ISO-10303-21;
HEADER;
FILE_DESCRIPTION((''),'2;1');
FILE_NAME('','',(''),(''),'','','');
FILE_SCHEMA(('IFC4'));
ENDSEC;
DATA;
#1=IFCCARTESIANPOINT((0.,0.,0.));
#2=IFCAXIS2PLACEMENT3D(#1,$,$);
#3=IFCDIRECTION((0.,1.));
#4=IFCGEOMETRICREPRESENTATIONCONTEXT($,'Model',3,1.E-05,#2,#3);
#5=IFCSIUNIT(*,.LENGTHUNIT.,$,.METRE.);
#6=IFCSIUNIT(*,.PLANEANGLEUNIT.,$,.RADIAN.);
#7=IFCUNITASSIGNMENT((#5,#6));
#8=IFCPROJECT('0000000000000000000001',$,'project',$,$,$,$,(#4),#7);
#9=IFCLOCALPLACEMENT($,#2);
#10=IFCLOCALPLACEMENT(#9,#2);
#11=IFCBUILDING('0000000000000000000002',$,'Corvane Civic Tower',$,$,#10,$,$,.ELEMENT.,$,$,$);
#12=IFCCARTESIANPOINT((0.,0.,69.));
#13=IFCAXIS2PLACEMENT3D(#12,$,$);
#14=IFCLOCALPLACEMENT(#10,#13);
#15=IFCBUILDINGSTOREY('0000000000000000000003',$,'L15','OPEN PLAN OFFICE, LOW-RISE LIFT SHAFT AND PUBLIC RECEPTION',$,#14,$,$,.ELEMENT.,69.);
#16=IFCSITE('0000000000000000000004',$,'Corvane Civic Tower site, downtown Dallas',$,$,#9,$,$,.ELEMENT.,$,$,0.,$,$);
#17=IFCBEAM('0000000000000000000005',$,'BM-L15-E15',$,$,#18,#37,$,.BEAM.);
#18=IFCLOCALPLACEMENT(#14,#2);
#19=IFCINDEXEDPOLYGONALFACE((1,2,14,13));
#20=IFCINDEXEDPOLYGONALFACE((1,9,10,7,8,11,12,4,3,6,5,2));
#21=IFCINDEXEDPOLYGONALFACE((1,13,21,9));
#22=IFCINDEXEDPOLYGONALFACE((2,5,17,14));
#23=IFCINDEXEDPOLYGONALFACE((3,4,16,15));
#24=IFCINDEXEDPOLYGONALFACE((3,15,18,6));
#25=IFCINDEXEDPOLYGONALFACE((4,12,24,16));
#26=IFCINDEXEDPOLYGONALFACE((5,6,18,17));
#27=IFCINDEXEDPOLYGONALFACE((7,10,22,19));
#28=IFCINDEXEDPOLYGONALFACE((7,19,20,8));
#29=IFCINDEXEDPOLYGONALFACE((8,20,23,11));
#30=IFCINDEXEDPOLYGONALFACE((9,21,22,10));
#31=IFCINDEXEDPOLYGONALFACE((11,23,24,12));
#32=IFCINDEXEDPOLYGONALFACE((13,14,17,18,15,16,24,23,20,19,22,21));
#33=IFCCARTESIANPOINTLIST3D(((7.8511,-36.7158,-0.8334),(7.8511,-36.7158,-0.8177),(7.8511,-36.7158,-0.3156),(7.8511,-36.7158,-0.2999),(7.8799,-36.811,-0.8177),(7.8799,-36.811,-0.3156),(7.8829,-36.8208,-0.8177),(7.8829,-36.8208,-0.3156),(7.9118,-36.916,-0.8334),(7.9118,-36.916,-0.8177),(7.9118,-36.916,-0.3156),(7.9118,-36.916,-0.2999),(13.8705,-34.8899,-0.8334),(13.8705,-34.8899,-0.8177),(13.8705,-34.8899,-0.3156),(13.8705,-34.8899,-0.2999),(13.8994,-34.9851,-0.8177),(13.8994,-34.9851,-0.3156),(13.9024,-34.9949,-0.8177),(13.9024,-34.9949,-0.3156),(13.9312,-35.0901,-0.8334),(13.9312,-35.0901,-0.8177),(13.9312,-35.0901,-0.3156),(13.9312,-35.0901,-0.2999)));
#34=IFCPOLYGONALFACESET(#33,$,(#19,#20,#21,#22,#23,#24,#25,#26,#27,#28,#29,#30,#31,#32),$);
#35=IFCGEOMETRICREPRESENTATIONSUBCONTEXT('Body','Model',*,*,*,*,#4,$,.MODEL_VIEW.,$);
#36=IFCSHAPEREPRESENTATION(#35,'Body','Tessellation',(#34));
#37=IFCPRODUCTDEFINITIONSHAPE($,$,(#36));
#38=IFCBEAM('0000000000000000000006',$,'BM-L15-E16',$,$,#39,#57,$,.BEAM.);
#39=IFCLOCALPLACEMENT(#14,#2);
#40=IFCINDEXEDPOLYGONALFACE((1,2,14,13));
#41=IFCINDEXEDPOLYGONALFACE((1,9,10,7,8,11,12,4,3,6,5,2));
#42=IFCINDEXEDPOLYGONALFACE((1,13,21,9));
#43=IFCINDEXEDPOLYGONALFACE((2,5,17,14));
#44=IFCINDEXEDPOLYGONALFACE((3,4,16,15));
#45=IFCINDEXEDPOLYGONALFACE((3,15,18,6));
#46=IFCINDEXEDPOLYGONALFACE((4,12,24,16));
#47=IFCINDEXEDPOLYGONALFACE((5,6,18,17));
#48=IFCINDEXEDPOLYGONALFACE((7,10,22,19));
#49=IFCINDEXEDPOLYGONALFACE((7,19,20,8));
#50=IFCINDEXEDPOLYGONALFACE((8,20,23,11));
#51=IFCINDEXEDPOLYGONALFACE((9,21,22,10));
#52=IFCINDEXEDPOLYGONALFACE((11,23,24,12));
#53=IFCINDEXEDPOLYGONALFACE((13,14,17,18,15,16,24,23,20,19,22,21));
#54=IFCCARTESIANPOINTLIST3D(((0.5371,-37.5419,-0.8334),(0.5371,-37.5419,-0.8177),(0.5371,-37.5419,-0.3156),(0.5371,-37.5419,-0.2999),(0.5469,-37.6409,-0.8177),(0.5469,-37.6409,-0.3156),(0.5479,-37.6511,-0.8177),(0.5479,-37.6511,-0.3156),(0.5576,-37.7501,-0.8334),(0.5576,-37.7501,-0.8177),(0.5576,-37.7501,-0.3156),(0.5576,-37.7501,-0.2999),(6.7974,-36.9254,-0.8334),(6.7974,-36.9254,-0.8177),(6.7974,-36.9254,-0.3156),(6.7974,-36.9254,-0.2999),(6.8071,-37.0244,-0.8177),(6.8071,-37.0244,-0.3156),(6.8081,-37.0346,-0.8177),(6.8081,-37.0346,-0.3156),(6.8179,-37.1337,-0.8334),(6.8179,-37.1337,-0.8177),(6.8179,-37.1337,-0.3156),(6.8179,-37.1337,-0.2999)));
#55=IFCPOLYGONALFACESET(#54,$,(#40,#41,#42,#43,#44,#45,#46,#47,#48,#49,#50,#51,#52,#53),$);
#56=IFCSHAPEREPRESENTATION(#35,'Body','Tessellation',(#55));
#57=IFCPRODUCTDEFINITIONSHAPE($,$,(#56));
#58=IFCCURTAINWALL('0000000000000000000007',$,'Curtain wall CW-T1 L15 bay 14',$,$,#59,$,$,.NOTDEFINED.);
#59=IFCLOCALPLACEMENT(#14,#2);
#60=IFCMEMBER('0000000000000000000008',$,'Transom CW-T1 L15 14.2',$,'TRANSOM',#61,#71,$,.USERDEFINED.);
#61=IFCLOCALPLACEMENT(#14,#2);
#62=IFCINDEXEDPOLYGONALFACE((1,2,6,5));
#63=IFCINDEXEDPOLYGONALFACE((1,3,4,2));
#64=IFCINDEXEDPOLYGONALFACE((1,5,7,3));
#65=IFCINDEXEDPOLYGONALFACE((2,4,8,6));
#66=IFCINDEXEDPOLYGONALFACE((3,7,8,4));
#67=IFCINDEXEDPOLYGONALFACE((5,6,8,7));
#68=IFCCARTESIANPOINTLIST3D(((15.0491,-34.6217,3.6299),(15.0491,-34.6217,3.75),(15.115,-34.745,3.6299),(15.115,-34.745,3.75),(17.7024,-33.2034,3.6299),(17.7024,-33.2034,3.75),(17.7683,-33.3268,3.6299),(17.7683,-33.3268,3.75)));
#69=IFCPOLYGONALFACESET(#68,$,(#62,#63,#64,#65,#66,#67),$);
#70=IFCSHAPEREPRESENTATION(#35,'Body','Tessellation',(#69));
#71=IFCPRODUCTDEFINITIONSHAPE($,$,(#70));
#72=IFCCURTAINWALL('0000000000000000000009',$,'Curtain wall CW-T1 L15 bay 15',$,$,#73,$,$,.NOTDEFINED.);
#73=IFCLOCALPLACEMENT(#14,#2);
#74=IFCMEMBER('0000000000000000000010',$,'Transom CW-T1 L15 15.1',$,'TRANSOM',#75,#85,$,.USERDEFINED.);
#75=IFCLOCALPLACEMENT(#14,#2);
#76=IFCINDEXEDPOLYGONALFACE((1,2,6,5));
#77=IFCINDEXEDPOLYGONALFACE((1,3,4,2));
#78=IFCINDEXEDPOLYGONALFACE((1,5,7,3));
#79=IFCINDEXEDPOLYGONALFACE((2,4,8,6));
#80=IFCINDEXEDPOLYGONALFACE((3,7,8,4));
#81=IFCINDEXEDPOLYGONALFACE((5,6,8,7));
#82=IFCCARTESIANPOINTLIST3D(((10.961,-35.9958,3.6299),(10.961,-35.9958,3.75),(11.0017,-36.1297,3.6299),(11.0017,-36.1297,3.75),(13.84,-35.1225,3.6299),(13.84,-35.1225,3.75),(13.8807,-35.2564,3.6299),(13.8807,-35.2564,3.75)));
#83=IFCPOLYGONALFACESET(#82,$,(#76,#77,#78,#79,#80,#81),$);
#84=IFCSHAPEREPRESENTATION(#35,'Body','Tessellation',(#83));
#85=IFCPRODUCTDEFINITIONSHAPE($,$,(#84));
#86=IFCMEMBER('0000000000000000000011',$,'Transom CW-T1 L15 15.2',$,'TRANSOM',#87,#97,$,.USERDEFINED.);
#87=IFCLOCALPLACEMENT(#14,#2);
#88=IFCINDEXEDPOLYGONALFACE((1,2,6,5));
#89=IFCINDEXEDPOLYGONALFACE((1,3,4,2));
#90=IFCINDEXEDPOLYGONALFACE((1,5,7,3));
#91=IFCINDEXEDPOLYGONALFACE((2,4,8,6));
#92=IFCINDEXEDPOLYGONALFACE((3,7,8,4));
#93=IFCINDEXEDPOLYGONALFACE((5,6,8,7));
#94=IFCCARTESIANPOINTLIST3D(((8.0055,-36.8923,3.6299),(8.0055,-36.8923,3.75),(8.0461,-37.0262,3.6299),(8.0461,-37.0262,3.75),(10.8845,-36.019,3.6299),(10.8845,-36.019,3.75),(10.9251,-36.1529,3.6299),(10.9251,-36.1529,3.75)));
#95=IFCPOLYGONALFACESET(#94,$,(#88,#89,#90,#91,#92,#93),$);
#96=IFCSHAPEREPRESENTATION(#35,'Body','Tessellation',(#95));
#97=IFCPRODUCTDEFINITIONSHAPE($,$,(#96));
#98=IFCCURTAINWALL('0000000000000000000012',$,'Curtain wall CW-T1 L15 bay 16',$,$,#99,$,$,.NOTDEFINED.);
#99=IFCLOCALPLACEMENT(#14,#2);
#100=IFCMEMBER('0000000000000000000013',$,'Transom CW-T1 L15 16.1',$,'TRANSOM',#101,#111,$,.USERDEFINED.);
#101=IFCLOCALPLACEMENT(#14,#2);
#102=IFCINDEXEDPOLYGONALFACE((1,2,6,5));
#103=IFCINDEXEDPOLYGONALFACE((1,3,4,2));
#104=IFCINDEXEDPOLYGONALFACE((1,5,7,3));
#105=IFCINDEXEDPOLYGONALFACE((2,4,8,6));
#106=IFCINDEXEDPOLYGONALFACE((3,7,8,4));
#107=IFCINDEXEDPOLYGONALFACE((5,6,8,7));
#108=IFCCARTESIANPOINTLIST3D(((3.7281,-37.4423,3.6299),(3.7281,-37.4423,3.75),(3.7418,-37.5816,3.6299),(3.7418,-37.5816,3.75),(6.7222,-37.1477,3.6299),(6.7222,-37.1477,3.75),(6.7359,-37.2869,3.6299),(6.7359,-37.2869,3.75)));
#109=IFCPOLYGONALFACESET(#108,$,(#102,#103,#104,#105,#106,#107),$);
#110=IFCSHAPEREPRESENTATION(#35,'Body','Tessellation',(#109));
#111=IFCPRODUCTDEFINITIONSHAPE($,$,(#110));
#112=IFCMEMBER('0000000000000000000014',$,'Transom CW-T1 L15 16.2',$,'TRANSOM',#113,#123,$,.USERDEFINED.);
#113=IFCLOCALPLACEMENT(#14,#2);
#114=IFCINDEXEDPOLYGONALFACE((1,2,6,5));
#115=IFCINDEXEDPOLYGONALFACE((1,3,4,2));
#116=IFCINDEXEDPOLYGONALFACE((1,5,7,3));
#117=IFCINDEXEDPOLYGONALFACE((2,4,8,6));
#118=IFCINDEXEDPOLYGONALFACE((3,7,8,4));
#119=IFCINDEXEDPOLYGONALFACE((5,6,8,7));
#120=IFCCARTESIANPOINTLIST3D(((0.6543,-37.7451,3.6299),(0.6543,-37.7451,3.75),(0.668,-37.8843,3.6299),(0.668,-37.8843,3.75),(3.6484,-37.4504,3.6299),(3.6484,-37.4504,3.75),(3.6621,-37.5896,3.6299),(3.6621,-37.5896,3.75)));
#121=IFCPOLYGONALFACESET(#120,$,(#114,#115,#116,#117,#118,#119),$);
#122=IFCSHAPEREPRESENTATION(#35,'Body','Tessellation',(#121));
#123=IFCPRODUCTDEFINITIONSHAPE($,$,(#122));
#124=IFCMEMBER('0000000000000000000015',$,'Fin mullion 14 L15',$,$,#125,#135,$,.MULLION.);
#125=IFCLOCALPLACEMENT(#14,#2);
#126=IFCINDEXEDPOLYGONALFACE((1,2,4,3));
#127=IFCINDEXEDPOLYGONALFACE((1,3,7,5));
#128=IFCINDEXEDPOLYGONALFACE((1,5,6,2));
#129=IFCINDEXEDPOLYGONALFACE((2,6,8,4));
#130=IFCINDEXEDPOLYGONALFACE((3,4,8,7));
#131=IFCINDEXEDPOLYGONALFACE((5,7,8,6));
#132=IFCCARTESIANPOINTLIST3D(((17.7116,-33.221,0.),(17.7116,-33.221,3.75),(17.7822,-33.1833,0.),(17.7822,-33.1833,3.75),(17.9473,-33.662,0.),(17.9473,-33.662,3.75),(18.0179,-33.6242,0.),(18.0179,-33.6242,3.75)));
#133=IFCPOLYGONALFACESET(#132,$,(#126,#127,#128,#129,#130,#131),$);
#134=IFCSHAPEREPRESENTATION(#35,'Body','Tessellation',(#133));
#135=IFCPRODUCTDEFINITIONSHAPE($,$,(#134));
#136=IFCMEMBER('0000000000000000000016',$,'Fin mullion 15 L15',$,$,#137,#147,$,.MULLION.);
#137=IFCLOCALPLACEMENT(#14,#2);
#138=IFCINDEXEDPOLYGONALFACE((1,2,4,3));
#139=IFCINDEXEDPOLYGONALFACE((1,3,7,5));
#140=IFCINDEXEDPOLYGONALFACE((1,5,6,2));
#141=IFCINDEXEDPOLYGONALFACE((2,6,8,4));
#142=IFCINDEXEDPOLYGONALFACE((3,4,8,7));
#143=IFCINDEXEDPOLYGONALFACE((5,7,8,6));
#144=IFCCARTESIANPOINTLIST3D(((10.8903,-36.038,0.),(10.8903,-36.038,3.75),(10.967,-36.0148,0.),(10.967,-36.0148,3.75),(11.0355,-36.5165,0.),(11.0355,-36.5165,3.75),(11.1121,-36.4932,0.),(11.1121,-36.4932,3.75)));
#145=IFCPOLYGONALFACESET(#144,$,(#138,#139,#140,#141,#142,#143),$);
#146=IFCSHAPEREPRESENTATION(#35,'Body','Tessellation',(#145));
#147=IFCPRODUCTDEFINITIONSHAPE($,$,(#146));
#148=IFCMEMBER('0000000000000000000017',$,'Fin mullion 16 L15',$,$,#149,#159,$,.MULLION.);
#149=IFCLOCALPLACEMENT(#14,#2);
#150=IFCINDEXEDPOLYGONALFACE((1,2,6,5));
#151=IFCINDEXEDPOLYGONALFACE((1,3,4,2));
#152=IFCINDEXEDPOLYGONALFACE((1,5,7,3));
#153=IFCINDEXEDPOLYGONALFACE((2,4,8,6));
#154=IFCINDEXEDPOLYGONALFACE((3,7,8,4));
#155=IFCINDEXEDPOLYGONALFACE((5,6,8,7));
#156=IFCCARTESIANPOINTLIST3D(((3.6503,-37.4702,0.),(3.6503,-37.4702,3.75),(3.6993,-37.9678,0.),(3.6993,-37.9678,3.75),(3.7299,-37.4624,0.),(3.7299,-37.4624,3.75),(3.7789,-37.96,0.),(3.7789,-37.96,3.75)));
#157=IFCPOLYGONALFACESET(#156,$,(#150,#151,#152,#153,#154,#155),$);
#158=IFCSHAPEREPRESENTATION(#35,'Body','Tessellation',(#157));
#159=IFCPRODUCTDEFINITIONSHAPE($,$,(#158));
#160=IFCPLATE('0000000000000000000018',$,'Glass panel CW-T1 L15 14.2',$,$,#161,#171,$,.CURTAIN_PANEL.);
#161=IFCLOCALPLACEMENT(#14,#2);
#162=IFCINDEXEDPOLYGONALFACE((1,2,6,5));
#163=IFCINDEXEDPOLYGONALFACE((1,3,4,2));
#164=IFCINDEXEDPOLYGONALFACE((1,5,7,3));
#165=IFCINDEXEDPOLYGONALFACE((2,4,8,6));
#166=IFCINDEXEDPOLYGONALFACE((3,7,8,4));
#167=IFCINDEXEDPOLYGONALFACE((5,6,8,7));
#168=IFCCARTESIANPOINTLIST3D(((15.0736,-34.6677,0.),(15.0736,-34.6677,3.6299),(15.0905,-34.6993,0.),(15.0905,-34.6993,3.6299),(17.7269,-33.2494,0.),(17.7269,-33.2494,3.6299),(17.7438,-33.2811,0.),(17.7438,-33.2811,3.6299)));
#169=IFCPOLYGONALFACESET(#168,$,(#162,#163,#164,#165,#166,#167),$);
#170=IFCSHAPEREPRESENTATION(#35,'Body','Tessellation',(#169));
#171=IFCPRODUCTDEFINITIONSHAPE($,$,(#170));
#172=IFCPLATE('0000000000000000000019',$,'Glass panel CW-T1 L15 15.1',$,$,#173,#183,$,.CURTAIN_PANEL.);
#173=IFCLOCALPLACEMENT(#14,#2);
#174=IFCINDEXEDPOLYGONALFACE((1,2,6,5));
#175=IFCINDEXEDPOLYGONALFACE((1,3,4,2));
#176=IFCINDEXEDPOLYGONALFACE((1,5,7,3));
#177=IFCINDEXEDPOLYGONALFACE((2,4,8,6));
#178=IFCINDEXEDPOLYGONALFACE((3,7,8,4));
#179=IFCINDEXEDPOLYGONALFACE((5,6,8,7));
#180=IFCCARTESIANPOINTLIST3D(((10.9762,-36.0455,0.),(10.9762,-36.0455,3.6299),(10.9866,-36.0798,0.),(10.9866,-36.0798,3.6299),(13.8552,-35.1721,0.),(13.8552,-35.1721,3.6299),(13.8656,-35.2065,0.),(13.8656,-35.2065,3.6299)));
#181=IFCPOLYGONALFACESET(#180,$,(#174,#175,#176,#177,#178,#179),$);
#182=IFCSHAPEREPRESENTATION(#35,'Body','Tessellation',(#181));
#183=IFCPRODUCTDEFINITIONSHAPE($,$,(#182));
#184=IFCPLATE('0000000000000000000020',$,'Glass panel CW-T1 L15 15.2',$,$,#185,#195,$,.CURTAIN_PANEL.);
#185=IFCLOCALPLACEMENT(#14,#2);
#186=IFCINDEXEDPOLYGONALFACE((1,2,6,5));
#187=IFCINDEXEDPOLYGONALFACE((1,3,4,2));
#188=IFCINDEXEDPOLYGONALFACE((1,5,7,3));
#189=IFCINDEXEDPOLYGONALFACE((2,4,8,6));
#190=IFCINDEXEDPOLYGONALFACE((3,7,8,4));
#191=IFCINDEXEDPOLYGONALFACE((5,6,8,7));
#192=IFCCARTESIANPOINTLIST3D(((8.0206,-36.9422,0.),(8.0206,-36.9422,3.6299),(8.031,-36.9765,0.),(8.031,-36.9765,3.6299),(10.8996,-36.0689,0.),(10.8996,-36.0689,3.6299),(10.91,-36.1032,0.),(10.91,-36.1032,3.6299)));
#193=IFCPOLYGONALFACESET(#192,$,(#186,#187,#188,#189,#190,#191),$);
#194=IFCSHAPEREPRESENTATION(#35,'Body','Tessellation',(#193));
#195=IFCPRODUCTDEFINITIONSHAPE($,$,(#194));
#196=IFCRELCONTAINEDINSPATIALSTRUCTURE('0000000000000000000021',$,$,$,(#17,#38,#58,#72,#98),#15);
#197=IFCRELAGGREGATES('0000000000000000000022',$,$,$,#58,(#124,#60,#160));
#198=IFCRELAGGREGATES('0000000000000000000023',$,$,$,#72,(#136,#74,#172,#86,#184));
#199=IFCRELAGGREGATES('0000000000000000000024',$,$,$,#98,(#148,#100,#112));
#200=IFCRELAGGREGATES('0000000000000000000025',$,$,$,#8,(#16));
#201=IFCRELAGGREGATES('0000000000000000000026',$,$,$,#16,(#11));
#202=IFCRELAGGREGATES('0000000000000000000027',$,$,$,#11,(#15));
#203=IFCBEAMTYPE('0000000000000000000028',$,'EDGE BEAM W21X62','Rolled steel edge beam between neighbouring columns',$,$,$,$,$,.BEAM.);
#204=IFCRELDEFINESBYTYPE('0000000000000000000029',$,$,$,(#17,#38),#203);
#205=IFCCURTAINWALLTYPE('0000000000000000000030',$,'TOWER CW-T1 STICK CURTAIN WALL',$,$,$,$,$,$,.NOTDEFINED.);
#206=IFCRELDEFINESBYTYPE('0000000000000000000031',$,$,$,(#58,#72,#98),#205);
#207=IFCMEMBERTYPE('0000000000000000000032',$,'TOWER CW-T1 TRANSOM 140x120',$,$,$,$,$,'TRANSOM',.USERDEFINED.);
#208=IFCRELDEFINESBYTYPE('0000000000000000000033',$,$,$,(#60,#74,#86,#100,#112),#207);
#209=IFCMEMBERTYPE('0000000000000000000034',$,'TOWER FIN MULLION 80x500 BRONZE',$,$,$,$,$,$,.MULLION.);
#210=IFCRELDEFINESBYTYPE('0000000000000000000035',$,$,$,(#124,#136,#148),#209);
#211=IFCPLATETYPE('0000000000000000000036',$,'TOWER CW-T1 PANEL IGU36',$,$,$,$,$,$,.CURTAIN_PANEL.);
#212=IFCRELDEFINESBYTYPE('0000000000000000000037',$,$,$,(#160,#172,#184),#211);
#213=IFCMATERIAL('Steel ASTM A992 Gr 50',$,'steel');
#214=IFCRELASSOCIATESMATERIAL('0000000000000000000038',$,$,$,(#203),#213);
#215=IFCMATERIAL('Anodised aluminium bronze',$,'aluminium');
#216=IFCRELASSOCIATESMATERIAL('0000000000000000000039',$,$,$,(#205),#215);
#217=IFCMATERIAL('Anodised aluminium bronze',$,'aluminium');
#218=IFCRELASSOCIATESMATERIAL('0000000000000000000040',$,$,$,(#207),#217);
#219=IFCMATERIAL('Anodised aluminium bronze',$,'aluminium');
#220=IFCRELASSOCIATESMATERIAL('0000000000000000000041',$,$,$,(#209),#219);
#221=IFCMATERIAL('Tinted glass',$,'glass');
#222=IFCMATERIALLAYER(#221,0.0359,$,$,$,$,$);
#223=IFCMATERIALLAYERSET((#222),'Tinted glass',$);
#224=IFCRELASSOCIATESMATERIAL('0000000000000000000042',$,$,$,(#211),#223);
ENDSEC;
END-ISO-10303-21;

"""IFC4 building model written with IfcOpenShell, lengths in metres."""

from ifc_helpers import new_model, si_unit, direction, frame, origin, origin_2d, place, context, subcontext, project, spatial, rectangle, i_section, extrude, material, layer, layer_set, material_profile, profile_set, type_object, element, aggregate, save


model = new_model("IFC4")

# Units and contexts
model_context = context("Model", 3, precision=1e-05, world=origin(), true_north=direction((0.0, 1.0)))
body_context = subcontext(model_context, "Body", "Model", "MODEL_VIEW")
ifc_project = project(units=[si_unit("LENGTHUNIT", "METRE"), si_unit("PLANEANGLEUNIT", "RADIAN")], contexts=[model_context])

# Site, building, storey
site_placement = place(None, origin())
site = spatial("IfcSite", under=ifc_project, at=site_placement, Name="Corvane Civic Tower site, downtown Dallas", CompositionType="ELEMENT", RefElevation=0.0)
building_placement = place(site_placement, origin())
building = spatial("IfcBuilding", under=site, at=building_placement, Name="Corvane Civic Tower", CompositionType="ELEMENT")
storey_placement = place(building_placement, frame((0.0, 0.0, 69.0)))
storey = spatial("IfcBuildingStorey", under=building, at=storey_placement, Name="L15", Description="OPEN PLAN OFFICE, LOW-RISE LIFT SHAFT AND PUBLIC RECEPTION", CompositionType="ELEMENT", Elevation=69.0)

# Beams
ifc_material_1 = material(Name="Steel ASTM A992 Gr 50", Category="steel")
ifc_material_profile_1 = material_profile(ifc_material_1, i_section(OverallWidth=0.2092, OverallDepth=0.5334, WebThickness=0.0103, FlangeThickness=0.0156, at=origin_2d()), Name="W21X62")
ifc_profile_set_1 = profile_set([ifc_material_profile_1], Name="Steel ASTM A992 Gr 50")
beam_type = type_object("IfcBeamType", Name="EDGE BEAM W21X62", Description="Rolled steel edge beam between neighbouring columns", PredefinedType="BEAM", material=ifc_profile_set_1)
beam_1_placement = place(storey_placement, frame((13.9009, -34.99, -0.5667), z_axis=(-0.956944, -0.290273, 0.0), x_axis=(0.290273, -0.956944, 0.0)))
element("IfcBeam", 1, at=beam_1_placement, inside=storey, type_object=beam_type, Name="BM-L15-E15", PredefinedType="BEAM", context=body_context, shape_type="SweptSolid", body=[
    extrude(i_section(OverallWidth=0.2092, OverallDepth=0.5334, WebThickness=0.0103, FlangeThickness=0.0156, at=origin_2d()), origin(), (0.0, 0.0, 1.0), 6.2903),
])
beam_2_placement = place(storey_placement, frame((6.8076, -37.0295, -0.5667), z_axis=(-0.995187, -0.097997, 0.0), x_axis=(0.097997, -0.995187, 0.0)))
element("IfcBeam", 2, at=beam_2_placement, inside=storey, type_object=beam_type, Name="BM-L15-E16", PredefinedType="BEAM", context=body_context, shape_type="SweptSolid", body=[
    extrude(i_section(OverallWidth=0.2092, OverallDepth=0.5334, WebThickness=0.0103, FlangeThickness=0.0156, at=origin_2d()), origin(), (0.0, 0.0, 1.0), 6.2905),
])

# Curtain wall, member
ifc_material_2 = material(Name="Anodised aluminium bronze", Category="aluminium")
curtain_wall_type = type_object("IfcCurtainWallType", Name="TOWER CW-T1 STICK CURTAIN WALL", PredefinedType="NOTDEFINED", material=ifc_material_2)
curtain_wall_1_placement = place(storey_placement, origin())
curtain_wall_1 = element("IfcCurtainWall", 3, at=curtain_wall_1_placement, inside=storey, type_object=curtain_wall_type, Name="Curtain wall CW-T1 L15 bay 14", PredefinedType="NOTDEFINED")
ifc_material_3 = material(Name="Anodised aluminium bronze", Category="aluminium")
ifc_material_profile_2 = material_profile(ifc_material_3, rectangle(XDim=0.1399, YDim=0.1201, at=origin_2d()), Name="TOWER CW-T1 TRANSOM 140x120")
ifc_profile_set_2 = profile_set([ifc_material_profile_2], Name="Anodised aluminium bronze")
member_type_1 = type_object("IfcMemberType", Name="TOWER CW-T1 TRANSOM 140x120", ElementType="TRANSOM", PredefinedType="USERDEFINED", material=ifc_profile_set_2)
member_1_placement = place(storey_placement, frame((17.7354, -33.2651, 3.6899), z_axis=(-0.881924, -0.471393, 0.0), x_axis=(0.471393, -0.881924, 0.0)))
member_1 = element("IfcMember", 4, at=member_1_placement, type_object=member_type_1, Name="Transom CW-T1 L15 14.2", ObjectType="TRANSOM", PredefinedType="USERDEFINED", context=body_context, shape_type="SweptSolid", body=[
    extrude(rectangle(XDim=0.1399, YDim=0.1201, at=origin_2d()), origin(), (0.0, 0.0, 1.0), 3.0085),
])

# Curtain walls, members
curtain_wall_2_placement = place(storey_placement, origin())
curtain_wall_2 = element("IfcCurtainWall", 5, at=curtain_wall_2_placement, inside=storey, type_object=curtain_wall_type, Name="Curtain wall CW-T1 L15 bay 15", PredefinedType="NOTDEFINED")
member_2_placement = place(storey_placement, frame((13.8604, -35.1895, 3.6899), z_axis=(-0.956942, -0.29028, 0.0), x_axis=(0.29028, -0.956942, 0.0)))
member_2 = element("IfcMember", 6, at=member_2_placement, type_object=member_type_1, Name="Transom CW-T1 L15 15.1", ObjectType="TRANSOM", PredefinedType="USERDEFINED", context=body_context, shape_type="SweptSolid", body=[
    extrude(rectangle(XDim=0.1399, YDim=0.1201, at=origin_2d()), origin(), (0.0, 0.0, 1.0), 3.0085),
])
member_3_placement = place(storey_placement, frame((10.9048, -36.0859, 3.6899), z_axis=(-0.956942, -0.29028, 0.0), x_axis=(0.29028, -0.956942, 0.0)))
member_3 = element("IfcMember", 7, at=member_3_placement, type_object=member_type_1, Name="Transom CW-T1 L15 15.2", ObjectType="TRANSOM", PredefinedType="USERDEFINED", context=body_context, shape_type="SweptSolid", body=[
    extrude(rectangle(XDim=0.1399, YDim=0.1201, at=origin_2d()), origin(), (0.0, 0.0, 1.0), 3.0085),
])
curtain_wall_3_placement = place(storey_placement, origin())
curtain_wall_3 = element("IfcCurtainWall", 8, at=curtain_wall_3_placement, inside=storey, type_object=curtain_wall_type, Name="Curtain wall CW-T1 L15 bay 16", PredefinedType="NOTDEFINED")
member_4_placement = place(storey_placement, frame((6.729, -37.2173, 3.6899), z_axis=(-0.995192, -0.097945, 0.0), x_axis=(0.097945, -0.995192, 0.0)))
member_4 = element("IfcMember", 9, at=member_4_placement, type_object=member_type_1, Name="Transom CW-T1 L15 16.1", ObjectType="TRANSOM", PredefinedType="USERDEFINED", context=body_context, shape_type="SweptSolid", body=[
    extrude(rectangle(XDim=0.1399, YDim=0.1201, at=origin_2d()), origin(), (0.0, 0.0, 1.0), 3.0085),
])
member_5_placement = place(storey_placement, frame((3.6553, -37.52, 3.6899), z_axis=(-0.995192, -0.097945, 0.0), x_axis=(0.097945, -0.995192, 0.0)))
member_5 = element("IfcMember", 10, at=member_5_placement, type_object=member_type_1, Name="Transom CW-T1 L15 16.2", ObjectType="TRANSOM", PredefinedType="USERDEFINED", context=body_context, shape_type="SweptSolid", body=[
    extrude(rectangle(XDim=0.1399, YDim=0.1201, at=origin_2d()), origin(), (0.0, 0.0, 1.0), 3.0085),
])

# Members
ifc_material_4 = material(Name="Anodised aluminium bronze", Category="aluminium")
ifc_material_profile_3 = material_profile(ifc_material_4, rectangle(XDim=0.0801, YDim=0.5, at=origin_2d()), Name="TOWER FIN MULLION 80x500 BRONZE")
ifc_profile_set_3 = profile_set([ifc_material_profile_3], Name="Anodised aluminium bronze")
member_type_2 = type_object("IfcMemberType", Name="TOWER FIN MULLION 80x500 BRONZE", PredefinedType="MULLION", material=ifc_profile_set_3)
member_6_placement = place(storey_placement, frame((17.8647, -33.4226, 0.0), z_axis=(0.0, 0.0, 1.0), x_axis=(-0.881918, -0.471404, 0.0)))
member_6 = element("IfcMember", 11, at=member_6_placement, type_object=member_type_2, Name="Fin mullion 14 L15", PredefinedType="MULLION", context=body_context, shape_type="SweptSolid", body=[
    extrude(rectangle(XDim=0.0801, YDim=0.5, at=origin_2d()), origin(), (0.0, 0.0, 1.0), 3.75),
])
member_7_placement = place(storey_placement, frame((11.0012, -36.2656, 0.0), z_axis=(0.0, 0.0, 1.0), x_axis=(-0.956942, -0.290278, 0.0)))
member_7 = element("IfcMember", 12, at=member_7_placement, type_object=member_type_2, Name="Fin mullion 15 L15", PredefinedType="MULLION", context=body_context, shape_type="SweptSolid", body=[
    extrude(rectangle(XDim=0.0801, YDim=0.5, at=origin_2d()), origin(), (0.0, 0.0, 1.0), 3.75),
])
member_8_placement = place(storey_placement, frame((3.7146, -37.7151, 0.0), z_axis=(0.0, 0.0, 1.0), x_axis=(-0.995186, -0.098006, 0.0)))
member_8 = element("IfcMember", 13, at=member_8_placement, type_object=member_type_2, Name="Fin mullion 16 L15", PredefinedType="MULLION", context=body_context, shape_type="SweptSolid", body=[
    extrude(rectangle(XDim=0.0801, YDim=0.5, at=origin_2d()), origin(), (0.0, 0.0, 1.0), 3.75),
])

# Plates
ifc_material_5 = material(Name="Tinted glass", Category="glass")
ifc_layer_1 = layer(ifc_material_5, 0.0359)
ifc_layer_set_1 = layer_set([ifc_layer_1], Name="Tinted glass")
plate_type = type_object("IfcPlateType", Name="TOWER CW-T1 PANEL IGU36", PredefinedType="CURTAIN_PANEL", material=ifc_layer_set_1)
plate_1_placement = place(storey_placement, frame((16.4087, -33.9744, 0.0), z_axis=(0.0, 0.0, 1.0), x_axis=(-0.881918, -0.471404, 0.0)))
plate_1 = element("IfcPlate", 14, at=plate_1_placement, type_object=plate_type, Name="Glass panel CW-T1 L15 14.2", PredefinedType="CURTAIN_PANEL", context=body_context, shape_type="SweptSolid", body=[
    extrude(rectangle(XDim=3.0085, YDim=0.0359, at=origin_2d()), origin(), (0.0, 0.0, 1.0), 3.6299),
])
aggregate(curtain_wall_1, [member_6, member_1, plate_1])
plate_2_placement = place(storey_placement, frame((12.4209, -35.626, 0.0), z_axis=(0.0, 0.0, 1.0), x_axis=(-0.956942, -0.290278, 0.0)))
plate_2 = element("IfcPlate", 15, at=plate_2_placement, type_object=plate_type, Name="Glass panel CW-T1 L15 15.1", PredefinedType="CURTAIN_PANEL", context=body_context, shape_type="SweptSolid", body=[
    extrude(rectangle(XDim=3.0085, YDim=0.0359, at=origin_2d()), origin(), (0.0, 0.0, 1.0), 3.6299),
])
plate_3_placement = place(storey_placement, frame((9.4653, -36.5227, 0.0), z_axis=(0.0, 0.0, 1.0), x_axis=(-0.956942, -0.290278, 0.0)))
plate_3 = element("IfcPlate", 16, at=plate_3_placement, type_object=plate_type, Name="Glass panel CW-T1 L15 15.2", PredefinedType="CURTAIN_PANEL", context=body_context, shape_type="SweptSolid", body=[
    extrude(rectangle(XDim=3.0085, YDim=0.0359, at=origin_2d()), origin(), (0.0, 0.0, 1.0), 3.6299),
])
aggregate(curtain_wall_2, [member_7, member_2, plate_2, member_3, plate_3])
aggregate(curtain_wall_3, [member_8, member_4, member_5])

save(model, "model.ifc")
